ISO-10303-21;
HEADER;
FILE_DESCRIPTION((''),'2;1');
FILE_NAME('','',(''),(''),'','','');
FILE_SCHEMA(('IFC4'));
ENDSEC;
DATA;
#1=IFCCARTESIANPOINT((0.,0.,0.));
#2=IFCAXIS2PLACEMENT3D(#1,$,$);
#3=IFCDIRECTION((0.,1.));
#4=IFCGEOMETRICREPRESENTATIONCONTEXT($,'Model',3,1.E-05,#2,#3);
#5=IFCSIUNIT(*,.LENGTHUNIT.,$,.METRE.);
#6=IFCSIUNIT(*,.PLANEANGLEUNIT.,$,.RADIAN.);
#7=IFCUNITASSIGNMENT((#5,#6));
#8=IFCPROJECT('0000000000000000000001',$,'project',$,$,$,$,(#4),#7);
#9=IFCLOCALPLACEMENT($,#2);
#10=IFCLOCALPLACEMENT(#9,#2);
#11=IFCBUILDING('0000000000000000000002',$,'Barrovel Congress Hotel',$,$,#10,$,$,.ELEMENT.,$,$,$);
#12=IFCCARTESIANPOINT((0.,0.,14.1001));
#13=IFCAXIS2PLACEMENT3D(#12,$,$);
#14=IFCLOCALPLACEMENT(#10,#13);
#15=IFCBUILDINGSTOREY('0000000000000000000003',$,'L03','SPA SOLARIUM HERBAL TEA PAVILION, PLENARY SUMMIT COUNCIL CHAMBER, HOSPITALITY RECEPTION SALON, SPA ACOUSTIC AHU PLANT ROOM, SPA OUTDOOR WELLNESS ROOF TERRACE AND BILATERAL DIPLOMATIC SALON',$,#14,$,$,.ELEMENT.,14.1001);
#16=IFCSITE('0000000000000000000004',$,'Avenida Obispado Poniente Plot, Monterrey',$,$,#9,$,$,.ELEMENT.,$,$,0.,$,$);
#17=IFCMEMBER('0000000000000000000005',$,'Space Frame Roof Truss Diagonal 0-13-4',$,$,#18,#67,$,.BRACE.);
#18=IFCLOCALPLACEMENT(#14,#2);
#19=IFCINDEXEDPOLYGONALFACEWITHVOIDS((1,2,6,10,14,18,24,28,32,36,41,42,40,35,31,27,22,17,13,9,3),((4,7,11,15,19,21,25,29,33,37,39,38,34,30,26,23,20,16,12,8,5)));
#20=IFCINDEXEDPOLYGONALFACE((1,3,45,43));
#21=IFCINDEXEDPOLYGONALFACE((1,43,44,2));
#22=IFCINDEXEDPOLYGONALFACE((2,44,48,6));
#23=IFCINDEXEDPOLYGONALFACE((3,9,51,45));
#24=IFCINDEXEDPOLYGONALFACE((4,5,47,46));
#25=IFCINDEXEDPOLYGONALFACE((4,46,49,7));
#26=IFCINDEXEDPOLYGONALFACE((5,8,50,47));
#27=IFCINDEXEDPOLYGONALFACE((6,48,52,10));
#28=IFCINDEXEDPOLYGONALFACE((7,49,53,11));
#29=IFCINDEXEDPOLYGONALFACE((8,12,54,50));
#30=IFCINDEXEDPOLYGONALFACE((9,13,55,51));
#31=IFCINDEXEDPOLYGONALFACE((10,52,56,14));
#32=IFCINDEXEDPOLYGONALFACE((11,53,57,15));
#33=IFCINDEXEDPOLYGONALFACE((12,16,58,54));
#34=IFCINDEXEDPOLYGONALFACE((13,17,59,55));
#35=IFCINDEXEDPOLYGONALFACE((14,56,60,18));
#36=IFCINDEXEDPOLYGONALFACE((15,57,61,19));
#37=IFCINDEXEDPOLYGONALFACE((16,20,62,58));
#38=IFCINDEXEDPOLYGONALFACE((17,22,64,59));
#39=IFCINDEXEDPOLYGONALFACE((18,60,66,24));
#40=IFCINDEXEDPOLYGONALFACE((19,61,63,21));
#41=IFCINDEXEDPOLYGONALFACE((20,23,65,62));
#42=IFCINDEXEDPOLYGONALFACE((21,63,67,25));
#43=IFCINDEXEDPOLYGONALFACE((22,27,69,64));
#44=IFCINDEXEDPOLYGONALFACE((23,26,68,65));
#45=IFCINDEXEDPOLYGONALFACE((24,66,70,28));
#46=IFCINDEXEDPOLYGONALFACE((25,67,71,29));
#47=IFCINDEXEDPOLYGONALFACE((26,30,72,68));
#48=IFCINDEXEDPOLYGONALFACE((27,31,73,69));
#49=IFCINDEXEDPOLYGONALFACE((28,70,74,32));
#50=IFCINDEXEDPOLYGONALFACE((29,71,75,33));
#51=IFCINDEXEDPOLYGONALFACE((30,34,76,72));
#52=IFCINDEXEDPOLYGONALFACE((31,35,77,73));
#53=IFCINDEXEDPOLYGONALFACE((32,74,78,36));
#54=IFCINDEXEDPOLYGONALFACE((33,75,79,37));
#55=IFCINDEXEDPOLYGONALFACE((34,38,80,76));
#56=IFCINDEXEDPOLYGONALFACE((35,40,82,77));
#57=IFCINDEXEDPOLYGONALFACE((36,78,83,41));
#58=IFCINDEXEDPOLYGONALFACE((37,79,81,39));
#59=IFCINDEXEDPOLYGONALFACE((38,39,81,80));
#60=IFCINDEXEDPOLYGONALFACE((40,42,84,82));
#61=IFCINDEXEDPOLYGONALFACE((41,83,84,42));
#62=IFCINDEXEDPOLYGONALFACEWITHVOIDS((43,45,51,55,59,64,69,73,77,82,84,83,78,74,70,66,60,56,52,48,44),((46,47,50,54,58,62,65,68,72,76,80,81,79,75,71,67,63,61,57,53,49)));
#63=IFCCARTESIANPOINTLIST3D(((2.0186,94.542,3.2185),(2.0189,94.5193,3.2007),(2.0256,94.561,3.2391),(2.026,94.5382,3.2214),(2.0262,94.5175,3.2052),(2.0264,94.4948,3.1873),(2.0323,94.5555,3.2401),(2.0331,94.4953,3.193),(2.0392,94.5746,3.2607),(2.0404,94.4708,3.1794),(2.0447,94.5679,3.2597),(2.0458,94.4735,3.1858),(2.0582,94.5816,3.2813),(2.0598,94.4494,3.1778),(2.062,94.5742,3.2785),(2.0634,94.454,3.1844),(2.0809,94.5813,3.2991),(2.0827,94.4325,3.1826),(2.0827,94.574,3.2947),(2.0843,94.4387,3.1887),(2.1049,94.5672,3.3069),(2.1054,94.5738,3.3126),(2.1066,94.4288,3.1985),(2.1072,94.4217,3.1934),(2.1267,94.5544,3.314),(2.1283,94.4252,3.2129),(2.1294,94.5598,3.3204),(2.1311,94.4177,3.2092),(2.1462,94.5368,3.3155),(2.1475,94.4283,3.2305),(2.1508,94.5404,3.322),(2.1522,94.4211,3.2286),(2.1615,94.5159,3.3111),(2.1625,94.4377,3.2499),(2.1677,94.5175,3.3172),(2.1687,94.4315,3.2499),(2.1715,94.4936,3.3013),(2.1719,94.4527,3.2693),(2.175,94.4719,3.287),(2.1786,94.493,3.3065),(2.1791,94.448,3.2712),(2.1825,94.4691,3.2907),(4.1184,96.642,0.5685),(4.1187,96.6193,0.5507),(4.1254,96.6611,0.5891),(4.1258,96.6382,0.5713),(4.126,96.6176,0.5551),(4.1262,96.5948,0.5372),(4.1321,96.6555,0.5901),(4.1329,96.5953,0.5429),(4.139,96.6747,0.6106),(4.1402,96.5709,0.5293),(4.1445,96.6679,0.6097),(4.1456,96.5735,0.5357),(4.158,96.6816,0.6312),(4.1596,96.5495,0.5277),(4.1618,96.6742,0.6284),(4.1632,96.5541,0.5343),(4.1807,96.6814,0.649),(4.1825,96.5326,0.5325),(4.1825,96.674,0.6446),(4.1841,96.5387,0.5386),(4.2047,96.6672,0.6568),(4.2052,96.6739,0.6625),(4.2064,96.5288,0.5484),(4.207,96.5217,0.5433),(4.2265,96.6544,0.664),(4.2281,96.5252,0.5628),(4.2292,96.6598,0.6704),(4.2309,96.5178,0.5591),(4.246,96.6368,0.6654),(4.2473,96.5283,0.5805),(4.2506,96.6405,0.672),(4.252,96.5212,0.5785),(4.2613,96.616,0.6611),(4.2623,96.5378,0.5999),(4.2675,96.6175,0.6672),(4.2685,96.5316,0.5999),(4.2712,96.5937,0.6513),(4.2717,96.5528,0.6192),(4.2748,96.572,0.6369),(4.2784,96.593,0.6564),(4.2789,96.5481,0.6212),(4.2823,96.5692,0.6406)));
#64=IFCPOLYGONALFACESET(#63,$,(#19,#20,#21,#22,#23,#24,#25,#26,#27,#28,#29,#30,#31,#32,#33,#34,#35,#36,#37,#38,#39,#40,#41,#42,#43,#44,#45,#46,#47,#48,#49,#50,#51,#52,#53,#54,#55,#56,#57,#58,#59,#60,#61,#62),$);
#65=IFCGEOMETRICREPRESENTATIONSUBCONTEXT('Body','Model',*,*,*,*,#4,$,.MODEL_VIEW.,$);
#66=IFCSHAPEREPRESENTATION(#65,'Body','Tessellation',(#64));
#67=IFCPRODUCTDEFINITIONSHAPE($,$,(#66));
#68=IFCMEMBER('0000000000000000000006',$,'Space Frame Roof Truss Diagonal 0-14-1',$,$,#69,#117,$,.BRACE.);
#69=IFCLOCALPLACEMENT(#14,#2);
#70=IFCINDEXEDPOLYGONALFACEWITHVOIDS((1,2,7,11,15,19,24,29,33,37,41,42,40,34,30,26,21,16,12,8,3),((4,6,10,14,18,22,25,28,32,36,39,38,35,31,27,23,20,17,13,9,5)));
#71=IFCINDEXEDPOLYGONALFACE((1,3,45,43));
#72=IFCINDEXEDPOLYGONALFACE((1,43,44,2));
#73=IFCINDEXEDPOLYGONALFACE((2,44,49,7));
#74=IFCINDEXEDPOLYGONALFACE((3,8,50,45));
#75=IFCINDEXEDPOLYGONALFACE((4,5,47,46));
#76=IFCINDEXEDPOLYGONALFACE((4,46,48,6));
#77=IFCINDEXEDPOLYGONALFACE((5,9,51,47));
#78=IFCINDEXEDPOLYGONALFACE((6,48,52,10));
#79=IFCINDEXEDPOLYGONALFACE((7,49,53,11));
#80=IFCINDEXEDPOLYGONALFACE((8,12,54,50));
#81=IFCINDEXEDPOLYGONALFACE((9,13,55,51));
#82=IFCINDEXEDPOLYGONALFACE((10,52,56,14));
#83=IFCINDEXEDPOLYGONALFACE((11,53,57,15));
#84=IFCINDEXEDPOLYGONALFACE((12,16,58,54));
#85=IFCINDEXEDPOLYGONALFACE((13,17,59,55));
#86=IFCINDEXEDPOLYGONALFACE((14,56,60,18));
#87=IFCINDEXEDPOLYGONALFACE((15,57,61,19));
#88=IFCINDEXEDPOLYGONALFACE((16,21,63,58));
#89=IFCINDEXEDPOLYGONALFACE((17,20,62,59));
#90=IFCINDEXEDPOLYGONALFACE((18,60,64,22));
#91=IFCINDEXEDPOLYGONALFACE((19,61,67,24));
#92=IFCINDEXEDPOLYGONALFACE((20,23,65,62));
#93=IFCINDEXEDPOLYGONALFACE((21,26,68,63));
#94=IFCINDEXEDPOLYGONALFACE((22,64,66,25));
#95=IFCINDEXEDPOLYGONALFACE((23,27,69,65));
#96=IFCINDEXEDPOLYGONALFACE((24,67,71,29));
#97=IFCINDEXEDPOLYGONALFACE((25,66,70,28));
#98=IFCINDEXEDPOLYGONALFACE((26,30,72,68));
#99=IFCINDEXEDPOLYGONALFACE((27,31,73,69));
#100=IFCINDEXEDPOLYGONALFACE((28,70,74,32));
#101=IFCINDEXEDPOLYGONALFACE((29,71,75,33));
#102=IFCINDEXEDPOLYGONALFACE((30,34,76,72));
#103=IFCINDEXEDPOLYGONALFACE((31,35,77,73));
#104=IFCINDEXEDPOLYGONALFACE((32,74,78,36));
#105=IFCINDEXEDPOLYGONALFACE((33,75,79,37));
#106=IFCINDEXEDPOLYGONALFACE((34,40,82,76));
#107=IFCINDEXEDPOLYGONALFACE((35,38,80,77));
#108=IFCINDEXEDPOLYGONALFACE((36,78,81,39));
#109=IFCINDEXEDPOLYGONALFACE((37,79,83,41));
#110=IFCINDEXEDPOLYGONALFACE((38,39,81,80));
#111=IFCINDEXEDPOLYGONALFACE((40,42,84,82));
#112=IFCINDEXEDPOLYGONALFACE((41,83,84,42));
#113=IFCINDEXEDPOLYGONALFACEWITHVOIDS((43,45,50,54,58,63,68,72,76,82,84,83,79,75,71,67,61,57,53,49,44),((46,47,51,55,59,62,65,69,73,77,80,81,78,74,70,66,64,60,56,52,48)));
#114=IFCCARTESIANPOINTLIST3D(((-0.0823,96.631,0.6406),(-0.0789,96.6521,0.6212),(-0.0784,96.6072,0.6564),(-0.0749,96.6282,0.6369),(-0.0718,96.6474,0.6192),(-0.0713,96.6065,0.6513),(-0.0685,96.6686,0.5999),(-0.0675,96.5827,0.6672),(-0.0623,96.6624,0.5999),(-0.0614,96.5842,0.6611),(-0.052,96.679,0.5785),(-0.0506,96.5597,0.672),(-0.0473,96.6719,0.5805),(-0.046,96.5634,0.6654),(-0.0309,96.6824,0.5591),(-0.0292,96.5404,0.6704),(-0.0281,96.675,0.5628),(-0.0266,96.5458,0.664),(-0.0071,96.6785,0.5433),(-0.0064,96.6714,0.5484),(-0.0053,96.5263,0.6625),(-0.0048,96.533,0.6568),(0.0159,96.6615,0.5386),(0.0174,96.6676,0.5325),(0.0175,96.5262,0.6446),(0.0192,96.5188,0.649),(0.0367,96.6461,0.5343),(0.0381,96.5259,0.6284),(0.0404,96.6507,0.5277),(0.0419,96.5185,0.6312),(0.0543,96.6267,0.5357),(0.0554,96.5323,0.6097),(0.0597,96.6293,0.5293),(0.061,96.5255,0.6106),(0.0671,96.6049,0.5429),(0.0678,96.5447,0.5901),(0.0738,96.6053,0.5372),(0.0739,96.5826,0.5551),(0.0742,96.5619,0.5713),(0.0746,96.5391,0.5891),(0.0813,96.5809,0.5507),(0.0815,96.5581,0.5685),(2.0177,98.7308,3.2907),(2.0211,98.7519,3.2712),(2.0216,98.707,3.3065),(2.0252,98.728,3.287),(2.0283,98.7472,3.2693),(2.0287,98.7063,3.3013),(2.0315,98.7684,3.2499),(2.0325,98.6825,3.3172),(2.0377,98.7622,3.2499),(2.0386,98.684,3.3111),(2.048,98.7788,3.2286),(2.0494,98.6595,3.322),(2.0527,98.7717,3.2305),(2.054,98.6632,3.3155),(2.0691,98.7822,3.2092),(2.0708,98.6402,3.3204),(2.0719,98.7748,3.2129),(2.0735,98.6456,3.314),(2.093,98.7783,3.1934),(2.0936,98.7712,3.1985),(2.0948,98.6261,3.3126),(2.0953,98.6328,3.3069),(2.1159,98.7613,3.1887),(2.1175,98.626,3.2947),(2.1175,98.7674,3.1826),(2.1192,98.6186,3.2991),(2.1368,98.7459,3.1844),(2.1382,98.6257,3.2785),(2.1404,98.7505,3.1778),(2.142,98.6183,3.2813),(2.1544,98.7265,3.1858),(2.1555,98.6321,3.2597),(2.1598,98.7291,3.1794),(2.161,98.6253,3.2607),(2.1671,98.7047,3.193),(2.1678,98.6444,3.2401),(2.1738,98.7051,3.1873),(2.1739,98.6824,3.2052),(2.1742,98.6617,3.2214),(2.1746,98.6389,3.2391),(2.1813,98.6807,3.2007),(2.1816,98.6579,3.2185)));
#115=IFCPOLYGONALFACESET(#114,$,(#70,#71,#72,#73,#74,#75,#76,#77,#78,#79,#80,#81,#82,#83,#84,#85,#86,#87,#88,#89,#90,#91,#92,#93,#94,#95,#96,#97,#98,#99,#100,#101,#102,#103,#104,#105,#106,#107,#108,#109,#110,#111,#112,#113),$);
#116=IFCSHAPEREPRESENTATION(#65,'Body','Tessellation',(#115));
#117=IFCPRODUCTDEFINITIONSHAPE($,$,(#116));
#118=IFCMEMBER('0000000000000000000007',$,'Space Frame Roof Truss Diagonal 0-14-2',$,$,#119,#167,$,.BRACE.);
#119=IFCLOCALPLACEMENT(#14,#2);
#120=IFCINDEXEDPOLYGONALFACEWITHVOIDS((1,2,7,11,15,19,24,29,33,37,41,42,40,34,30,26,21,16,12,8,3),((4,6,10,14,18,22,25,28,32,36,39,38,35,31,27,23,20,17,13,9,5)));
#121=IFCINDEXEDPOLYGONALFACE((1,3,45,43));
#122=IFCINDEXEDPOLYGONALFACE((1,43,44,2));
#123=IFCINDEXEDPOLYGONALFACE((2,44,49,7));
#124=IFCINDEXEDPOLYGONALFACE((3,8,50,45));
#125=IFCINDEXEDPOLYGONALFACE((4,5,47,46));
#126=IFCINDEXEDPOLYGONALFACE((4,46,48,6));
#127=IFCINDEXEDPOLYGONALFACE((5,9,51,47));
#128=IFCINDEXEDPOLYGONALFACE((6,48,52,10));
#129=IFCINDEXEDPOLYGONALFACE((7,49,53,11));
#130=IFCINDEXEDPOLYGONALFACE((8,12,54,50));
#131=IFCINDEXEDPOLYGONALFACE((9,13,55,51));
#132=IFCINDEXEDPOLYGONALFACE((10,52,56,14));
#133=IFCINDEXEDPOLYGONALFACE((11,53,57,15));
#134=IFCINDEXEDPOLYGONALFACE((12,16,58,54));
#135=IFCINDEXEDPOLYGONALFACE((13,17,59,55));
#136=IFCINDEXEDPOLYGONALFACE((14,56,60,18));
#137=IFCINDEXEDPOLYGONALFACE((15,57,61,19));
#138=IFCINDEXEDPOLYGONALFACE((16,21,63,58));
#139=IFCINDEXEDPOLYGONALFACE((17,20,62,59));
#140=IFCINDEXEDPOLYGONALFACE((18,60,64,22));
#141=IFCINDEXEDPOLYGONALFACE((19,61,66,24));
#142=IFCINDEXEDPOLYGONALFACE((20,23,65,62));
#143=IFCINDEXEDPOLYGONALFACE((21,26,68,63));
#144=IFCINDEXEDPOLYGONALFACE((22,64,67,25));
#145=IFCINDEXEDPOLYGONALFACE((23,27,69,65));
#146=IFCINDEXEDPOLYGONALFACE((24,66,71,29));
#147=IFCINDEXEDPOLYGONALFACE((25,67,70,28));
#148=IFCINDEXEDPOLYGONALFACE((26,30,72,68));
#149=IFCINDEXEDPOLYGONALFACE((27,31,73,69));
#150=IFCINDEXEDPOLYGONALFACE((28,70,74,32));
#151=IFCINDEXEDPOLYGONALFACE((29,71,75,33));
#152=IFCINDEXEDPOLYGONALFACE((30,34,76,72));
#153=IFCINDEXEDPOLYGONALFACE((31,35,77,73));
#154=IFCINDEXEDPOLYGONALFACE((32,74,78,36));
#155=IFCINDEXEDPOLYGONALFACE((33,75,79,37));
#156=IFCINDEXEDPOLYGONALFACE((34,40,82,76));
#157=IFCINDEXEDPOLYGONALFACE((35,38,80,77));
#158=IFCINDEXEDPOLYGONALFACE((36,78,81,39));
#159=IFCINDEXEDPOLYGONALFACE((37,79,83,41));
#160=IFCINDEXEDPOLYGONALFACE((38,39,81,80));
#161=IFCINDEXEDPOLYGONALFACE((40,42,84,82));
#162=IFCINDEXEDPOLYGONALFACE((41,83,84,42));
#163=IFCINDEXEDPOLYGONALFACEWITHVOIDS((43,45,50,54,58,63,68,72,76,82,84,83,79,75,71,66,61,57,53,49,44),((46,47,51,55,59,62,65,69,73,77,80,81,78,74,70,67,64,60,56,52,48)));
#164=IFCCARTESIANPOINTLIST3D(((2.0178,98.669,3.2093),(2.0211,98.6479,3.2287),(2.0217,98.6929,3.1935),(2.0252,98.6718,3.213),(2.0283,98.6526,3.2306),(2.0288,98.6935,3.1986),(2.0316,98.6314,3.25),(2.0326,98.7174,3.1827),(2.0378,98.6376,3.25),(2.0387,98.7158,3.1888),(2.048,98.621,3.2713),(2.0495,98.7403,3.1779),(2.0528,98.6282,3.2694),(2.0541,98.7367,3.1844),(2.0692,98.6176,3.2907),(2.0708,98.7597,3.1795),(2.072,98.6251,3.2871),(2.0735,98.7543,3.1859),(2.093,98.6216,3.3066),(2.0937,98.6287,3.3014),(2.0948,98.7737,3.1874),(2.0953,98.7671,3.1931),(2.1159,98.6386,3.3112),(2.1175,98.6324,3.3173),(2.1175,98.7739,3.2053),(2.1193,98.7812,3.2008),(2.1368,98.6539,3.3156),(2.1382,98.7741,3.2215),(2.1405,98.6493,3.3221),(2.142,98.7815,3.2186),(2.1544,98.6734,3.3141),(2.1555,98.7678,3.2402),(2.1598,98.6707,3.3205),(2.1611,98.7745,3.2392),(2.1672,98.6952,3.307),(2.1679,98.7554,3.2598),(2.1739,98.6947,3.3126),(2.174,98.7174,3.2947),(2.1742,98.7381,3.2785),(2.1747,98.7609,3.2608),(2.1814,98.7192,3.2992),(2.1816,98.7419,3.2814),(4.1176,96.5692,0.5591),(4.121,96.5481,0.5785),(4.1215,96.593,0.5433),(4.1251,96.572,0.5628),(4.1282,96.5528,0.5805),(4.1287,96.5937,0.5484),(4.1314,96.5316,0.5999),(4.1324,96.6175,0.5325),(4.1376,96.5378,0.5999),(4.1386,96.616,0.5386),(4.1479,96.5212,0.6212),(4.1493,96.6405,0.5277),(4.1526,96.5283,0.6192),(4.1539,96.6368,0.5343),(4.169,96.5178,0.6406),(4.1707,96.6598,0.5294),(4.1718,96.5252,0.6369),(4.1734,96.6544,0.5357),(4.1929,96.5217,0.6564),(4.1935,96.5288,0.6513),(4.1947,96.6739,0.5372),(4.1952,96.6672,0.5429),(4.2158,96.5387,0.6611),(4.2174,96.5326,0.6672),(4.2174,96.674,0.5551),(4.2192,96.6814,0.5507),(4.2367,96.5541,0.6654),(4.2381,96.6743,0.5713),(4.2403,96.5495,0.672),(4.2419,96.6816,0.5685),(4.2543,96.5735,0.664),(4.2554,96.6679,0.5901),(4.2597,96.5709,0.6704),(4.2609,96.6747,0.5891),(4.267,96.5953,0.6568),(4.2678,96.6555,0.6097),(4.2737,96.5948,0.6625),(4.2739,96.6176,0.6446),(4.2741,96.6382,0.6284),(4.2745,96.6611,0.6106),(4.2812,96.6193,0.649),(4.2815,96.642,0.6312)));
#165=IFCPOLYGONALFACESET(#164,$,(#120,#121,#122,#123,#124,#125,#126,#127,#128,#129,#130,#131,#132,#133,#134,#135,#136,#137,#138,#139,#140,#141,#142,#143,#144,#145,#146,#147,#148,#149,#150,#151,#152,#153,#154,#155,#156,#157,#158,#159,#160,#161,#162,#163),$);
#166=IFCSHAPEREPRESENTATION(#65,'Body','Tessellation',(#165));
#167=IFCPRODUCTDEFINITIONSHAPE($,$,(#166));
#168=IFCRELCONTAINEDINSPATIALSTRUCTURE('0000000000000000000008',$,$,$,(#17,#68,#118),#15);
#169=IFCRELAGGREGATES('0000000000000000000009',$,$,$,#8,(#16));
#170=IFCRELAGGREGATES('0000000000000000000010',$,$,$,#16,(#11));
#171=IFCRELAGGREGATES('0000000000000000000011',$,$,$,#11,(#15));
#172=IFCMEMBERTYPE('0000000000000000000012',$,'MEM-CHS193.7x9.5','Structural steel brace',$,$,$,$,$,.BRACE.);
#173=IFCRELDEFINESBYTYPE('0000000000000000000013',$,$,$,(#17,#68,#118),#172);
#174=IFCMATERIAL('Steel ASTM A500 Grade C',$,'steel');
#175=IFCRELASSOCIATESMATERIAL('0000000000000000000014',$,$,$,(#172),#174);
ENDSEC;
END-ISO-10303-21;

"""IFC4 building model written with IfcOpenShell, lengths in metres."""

from ifc_helpers import new_model, si_unit, direction, frame, origin, origin_2d, place, context, subcontext, project, spatial, hollow_circle, extrude, material, material_profile, profile_set, type_object, element, save


model = new_model("IFC4")

# Units and contexts
model_context = context("Model", 3, precision=1e-05, world=origin(), true_north=direction((0.0, 1.0)))
body_context = subcontext(model_context, "Body", "Model", "MODEL_VIEW")
ifc_project = project(units=[si_unit("LENGTHUNIT", "METRE"), si_unit("PLANEANGLEUNIT", "RADIAN")], contexts=[model_context])

# Site, building, storey
site_placement = place(None, origin())
site = spatial("IfcSite", under=ifc_project, at=site_placement, Name="Avenida Obispado Poniente Plot, Monterrey", CompositionType="ELEMENT", RefElevation=0.0)
building_placement = place(site_placement, origin())
building = spatial("IfcBuilding", under=site, at=building_placement, Name="Barrovel Congress Hotel", CompositionType="ELEMENT")
storey_placement = place(building_placement, frame((0.0, 0.0, 14.1001)))
storey = spatial("IfcBuildingStorey", under=building, at=storey_placement, Name="L03", Description="SPA SOLARIUM HERBAL TEA PAVILION, PLENARY SUMMIT COUNCIL CHAMBER, HOSPITALITY RECEPTION SALON, SPA ACOUSTIC AHU PLANT ROOM, SPA OUTDOOR WELLNESS ROOF TERRACE AND BILATERAL DIPLOMATIC SALON", CompositionType="ELEMENT", Elevation=14.1001)

# Members
ifc_material_1 = material(Name="Steel ASTM A500 Grade C", Category="steel")
ifc_material_profile_1 = material_profile(ifc_material_1, hollow_circle(Radius=0.0969, WallThickness=0.0088, at=origin_2d()), Name="CHS193.7x9.5")
ifc_profile_set_1 = profile_set([ifc_material_profile_1], Name="Steel ASTM A500 Grade C")
member_type_1 = type_object("IfcMemberType", Name="MEM-CHS193.7x9.5", Description="Structural steel brace", PredefinedType="BRACE", material=ifc_profile_set_1)
for number, where, z_axis, x_axis, name in (
    (1, (4.2, 96.6001, 0.5999), (-0.527557, -0.527618, 0.66581), (0.707148, -0.707066, 0.0), "Space Frame Roof Truss Diagonal 0-13-4"),
    (2, (0.0, 96.6001, 0.5999), (0.527618, 0.527557, 0.66581), (-0.707066, 0.707148, 0.0), "Space Frame Roof Truss Diagonal 0-14-1"),
    (3, (4.2, 96.6001, 0.5999), (-0.527574, 0.527574, 0.665831), (-0.707107, -0.707107, 0.0), "Space Frame Roof Truss Diagonal 0-14-2"),
):
    element("IfcMember", number, at=place(storey_placement, frame(where, z_axis=z_axis, x_axis=x_axis)), inside=storey, type_object=member_type_1, Name=name, PredefinedType="BRACE", context=body_context, shape_type="SweptSolid", body=[
        extrude(hollow_circle(Radius=0.0969, WallThickness=0.0088, at=origin_2d()), origin(), (0.0, 0.0, 1.0), 3.9802),
    ])

save(model, "model.ifc")
